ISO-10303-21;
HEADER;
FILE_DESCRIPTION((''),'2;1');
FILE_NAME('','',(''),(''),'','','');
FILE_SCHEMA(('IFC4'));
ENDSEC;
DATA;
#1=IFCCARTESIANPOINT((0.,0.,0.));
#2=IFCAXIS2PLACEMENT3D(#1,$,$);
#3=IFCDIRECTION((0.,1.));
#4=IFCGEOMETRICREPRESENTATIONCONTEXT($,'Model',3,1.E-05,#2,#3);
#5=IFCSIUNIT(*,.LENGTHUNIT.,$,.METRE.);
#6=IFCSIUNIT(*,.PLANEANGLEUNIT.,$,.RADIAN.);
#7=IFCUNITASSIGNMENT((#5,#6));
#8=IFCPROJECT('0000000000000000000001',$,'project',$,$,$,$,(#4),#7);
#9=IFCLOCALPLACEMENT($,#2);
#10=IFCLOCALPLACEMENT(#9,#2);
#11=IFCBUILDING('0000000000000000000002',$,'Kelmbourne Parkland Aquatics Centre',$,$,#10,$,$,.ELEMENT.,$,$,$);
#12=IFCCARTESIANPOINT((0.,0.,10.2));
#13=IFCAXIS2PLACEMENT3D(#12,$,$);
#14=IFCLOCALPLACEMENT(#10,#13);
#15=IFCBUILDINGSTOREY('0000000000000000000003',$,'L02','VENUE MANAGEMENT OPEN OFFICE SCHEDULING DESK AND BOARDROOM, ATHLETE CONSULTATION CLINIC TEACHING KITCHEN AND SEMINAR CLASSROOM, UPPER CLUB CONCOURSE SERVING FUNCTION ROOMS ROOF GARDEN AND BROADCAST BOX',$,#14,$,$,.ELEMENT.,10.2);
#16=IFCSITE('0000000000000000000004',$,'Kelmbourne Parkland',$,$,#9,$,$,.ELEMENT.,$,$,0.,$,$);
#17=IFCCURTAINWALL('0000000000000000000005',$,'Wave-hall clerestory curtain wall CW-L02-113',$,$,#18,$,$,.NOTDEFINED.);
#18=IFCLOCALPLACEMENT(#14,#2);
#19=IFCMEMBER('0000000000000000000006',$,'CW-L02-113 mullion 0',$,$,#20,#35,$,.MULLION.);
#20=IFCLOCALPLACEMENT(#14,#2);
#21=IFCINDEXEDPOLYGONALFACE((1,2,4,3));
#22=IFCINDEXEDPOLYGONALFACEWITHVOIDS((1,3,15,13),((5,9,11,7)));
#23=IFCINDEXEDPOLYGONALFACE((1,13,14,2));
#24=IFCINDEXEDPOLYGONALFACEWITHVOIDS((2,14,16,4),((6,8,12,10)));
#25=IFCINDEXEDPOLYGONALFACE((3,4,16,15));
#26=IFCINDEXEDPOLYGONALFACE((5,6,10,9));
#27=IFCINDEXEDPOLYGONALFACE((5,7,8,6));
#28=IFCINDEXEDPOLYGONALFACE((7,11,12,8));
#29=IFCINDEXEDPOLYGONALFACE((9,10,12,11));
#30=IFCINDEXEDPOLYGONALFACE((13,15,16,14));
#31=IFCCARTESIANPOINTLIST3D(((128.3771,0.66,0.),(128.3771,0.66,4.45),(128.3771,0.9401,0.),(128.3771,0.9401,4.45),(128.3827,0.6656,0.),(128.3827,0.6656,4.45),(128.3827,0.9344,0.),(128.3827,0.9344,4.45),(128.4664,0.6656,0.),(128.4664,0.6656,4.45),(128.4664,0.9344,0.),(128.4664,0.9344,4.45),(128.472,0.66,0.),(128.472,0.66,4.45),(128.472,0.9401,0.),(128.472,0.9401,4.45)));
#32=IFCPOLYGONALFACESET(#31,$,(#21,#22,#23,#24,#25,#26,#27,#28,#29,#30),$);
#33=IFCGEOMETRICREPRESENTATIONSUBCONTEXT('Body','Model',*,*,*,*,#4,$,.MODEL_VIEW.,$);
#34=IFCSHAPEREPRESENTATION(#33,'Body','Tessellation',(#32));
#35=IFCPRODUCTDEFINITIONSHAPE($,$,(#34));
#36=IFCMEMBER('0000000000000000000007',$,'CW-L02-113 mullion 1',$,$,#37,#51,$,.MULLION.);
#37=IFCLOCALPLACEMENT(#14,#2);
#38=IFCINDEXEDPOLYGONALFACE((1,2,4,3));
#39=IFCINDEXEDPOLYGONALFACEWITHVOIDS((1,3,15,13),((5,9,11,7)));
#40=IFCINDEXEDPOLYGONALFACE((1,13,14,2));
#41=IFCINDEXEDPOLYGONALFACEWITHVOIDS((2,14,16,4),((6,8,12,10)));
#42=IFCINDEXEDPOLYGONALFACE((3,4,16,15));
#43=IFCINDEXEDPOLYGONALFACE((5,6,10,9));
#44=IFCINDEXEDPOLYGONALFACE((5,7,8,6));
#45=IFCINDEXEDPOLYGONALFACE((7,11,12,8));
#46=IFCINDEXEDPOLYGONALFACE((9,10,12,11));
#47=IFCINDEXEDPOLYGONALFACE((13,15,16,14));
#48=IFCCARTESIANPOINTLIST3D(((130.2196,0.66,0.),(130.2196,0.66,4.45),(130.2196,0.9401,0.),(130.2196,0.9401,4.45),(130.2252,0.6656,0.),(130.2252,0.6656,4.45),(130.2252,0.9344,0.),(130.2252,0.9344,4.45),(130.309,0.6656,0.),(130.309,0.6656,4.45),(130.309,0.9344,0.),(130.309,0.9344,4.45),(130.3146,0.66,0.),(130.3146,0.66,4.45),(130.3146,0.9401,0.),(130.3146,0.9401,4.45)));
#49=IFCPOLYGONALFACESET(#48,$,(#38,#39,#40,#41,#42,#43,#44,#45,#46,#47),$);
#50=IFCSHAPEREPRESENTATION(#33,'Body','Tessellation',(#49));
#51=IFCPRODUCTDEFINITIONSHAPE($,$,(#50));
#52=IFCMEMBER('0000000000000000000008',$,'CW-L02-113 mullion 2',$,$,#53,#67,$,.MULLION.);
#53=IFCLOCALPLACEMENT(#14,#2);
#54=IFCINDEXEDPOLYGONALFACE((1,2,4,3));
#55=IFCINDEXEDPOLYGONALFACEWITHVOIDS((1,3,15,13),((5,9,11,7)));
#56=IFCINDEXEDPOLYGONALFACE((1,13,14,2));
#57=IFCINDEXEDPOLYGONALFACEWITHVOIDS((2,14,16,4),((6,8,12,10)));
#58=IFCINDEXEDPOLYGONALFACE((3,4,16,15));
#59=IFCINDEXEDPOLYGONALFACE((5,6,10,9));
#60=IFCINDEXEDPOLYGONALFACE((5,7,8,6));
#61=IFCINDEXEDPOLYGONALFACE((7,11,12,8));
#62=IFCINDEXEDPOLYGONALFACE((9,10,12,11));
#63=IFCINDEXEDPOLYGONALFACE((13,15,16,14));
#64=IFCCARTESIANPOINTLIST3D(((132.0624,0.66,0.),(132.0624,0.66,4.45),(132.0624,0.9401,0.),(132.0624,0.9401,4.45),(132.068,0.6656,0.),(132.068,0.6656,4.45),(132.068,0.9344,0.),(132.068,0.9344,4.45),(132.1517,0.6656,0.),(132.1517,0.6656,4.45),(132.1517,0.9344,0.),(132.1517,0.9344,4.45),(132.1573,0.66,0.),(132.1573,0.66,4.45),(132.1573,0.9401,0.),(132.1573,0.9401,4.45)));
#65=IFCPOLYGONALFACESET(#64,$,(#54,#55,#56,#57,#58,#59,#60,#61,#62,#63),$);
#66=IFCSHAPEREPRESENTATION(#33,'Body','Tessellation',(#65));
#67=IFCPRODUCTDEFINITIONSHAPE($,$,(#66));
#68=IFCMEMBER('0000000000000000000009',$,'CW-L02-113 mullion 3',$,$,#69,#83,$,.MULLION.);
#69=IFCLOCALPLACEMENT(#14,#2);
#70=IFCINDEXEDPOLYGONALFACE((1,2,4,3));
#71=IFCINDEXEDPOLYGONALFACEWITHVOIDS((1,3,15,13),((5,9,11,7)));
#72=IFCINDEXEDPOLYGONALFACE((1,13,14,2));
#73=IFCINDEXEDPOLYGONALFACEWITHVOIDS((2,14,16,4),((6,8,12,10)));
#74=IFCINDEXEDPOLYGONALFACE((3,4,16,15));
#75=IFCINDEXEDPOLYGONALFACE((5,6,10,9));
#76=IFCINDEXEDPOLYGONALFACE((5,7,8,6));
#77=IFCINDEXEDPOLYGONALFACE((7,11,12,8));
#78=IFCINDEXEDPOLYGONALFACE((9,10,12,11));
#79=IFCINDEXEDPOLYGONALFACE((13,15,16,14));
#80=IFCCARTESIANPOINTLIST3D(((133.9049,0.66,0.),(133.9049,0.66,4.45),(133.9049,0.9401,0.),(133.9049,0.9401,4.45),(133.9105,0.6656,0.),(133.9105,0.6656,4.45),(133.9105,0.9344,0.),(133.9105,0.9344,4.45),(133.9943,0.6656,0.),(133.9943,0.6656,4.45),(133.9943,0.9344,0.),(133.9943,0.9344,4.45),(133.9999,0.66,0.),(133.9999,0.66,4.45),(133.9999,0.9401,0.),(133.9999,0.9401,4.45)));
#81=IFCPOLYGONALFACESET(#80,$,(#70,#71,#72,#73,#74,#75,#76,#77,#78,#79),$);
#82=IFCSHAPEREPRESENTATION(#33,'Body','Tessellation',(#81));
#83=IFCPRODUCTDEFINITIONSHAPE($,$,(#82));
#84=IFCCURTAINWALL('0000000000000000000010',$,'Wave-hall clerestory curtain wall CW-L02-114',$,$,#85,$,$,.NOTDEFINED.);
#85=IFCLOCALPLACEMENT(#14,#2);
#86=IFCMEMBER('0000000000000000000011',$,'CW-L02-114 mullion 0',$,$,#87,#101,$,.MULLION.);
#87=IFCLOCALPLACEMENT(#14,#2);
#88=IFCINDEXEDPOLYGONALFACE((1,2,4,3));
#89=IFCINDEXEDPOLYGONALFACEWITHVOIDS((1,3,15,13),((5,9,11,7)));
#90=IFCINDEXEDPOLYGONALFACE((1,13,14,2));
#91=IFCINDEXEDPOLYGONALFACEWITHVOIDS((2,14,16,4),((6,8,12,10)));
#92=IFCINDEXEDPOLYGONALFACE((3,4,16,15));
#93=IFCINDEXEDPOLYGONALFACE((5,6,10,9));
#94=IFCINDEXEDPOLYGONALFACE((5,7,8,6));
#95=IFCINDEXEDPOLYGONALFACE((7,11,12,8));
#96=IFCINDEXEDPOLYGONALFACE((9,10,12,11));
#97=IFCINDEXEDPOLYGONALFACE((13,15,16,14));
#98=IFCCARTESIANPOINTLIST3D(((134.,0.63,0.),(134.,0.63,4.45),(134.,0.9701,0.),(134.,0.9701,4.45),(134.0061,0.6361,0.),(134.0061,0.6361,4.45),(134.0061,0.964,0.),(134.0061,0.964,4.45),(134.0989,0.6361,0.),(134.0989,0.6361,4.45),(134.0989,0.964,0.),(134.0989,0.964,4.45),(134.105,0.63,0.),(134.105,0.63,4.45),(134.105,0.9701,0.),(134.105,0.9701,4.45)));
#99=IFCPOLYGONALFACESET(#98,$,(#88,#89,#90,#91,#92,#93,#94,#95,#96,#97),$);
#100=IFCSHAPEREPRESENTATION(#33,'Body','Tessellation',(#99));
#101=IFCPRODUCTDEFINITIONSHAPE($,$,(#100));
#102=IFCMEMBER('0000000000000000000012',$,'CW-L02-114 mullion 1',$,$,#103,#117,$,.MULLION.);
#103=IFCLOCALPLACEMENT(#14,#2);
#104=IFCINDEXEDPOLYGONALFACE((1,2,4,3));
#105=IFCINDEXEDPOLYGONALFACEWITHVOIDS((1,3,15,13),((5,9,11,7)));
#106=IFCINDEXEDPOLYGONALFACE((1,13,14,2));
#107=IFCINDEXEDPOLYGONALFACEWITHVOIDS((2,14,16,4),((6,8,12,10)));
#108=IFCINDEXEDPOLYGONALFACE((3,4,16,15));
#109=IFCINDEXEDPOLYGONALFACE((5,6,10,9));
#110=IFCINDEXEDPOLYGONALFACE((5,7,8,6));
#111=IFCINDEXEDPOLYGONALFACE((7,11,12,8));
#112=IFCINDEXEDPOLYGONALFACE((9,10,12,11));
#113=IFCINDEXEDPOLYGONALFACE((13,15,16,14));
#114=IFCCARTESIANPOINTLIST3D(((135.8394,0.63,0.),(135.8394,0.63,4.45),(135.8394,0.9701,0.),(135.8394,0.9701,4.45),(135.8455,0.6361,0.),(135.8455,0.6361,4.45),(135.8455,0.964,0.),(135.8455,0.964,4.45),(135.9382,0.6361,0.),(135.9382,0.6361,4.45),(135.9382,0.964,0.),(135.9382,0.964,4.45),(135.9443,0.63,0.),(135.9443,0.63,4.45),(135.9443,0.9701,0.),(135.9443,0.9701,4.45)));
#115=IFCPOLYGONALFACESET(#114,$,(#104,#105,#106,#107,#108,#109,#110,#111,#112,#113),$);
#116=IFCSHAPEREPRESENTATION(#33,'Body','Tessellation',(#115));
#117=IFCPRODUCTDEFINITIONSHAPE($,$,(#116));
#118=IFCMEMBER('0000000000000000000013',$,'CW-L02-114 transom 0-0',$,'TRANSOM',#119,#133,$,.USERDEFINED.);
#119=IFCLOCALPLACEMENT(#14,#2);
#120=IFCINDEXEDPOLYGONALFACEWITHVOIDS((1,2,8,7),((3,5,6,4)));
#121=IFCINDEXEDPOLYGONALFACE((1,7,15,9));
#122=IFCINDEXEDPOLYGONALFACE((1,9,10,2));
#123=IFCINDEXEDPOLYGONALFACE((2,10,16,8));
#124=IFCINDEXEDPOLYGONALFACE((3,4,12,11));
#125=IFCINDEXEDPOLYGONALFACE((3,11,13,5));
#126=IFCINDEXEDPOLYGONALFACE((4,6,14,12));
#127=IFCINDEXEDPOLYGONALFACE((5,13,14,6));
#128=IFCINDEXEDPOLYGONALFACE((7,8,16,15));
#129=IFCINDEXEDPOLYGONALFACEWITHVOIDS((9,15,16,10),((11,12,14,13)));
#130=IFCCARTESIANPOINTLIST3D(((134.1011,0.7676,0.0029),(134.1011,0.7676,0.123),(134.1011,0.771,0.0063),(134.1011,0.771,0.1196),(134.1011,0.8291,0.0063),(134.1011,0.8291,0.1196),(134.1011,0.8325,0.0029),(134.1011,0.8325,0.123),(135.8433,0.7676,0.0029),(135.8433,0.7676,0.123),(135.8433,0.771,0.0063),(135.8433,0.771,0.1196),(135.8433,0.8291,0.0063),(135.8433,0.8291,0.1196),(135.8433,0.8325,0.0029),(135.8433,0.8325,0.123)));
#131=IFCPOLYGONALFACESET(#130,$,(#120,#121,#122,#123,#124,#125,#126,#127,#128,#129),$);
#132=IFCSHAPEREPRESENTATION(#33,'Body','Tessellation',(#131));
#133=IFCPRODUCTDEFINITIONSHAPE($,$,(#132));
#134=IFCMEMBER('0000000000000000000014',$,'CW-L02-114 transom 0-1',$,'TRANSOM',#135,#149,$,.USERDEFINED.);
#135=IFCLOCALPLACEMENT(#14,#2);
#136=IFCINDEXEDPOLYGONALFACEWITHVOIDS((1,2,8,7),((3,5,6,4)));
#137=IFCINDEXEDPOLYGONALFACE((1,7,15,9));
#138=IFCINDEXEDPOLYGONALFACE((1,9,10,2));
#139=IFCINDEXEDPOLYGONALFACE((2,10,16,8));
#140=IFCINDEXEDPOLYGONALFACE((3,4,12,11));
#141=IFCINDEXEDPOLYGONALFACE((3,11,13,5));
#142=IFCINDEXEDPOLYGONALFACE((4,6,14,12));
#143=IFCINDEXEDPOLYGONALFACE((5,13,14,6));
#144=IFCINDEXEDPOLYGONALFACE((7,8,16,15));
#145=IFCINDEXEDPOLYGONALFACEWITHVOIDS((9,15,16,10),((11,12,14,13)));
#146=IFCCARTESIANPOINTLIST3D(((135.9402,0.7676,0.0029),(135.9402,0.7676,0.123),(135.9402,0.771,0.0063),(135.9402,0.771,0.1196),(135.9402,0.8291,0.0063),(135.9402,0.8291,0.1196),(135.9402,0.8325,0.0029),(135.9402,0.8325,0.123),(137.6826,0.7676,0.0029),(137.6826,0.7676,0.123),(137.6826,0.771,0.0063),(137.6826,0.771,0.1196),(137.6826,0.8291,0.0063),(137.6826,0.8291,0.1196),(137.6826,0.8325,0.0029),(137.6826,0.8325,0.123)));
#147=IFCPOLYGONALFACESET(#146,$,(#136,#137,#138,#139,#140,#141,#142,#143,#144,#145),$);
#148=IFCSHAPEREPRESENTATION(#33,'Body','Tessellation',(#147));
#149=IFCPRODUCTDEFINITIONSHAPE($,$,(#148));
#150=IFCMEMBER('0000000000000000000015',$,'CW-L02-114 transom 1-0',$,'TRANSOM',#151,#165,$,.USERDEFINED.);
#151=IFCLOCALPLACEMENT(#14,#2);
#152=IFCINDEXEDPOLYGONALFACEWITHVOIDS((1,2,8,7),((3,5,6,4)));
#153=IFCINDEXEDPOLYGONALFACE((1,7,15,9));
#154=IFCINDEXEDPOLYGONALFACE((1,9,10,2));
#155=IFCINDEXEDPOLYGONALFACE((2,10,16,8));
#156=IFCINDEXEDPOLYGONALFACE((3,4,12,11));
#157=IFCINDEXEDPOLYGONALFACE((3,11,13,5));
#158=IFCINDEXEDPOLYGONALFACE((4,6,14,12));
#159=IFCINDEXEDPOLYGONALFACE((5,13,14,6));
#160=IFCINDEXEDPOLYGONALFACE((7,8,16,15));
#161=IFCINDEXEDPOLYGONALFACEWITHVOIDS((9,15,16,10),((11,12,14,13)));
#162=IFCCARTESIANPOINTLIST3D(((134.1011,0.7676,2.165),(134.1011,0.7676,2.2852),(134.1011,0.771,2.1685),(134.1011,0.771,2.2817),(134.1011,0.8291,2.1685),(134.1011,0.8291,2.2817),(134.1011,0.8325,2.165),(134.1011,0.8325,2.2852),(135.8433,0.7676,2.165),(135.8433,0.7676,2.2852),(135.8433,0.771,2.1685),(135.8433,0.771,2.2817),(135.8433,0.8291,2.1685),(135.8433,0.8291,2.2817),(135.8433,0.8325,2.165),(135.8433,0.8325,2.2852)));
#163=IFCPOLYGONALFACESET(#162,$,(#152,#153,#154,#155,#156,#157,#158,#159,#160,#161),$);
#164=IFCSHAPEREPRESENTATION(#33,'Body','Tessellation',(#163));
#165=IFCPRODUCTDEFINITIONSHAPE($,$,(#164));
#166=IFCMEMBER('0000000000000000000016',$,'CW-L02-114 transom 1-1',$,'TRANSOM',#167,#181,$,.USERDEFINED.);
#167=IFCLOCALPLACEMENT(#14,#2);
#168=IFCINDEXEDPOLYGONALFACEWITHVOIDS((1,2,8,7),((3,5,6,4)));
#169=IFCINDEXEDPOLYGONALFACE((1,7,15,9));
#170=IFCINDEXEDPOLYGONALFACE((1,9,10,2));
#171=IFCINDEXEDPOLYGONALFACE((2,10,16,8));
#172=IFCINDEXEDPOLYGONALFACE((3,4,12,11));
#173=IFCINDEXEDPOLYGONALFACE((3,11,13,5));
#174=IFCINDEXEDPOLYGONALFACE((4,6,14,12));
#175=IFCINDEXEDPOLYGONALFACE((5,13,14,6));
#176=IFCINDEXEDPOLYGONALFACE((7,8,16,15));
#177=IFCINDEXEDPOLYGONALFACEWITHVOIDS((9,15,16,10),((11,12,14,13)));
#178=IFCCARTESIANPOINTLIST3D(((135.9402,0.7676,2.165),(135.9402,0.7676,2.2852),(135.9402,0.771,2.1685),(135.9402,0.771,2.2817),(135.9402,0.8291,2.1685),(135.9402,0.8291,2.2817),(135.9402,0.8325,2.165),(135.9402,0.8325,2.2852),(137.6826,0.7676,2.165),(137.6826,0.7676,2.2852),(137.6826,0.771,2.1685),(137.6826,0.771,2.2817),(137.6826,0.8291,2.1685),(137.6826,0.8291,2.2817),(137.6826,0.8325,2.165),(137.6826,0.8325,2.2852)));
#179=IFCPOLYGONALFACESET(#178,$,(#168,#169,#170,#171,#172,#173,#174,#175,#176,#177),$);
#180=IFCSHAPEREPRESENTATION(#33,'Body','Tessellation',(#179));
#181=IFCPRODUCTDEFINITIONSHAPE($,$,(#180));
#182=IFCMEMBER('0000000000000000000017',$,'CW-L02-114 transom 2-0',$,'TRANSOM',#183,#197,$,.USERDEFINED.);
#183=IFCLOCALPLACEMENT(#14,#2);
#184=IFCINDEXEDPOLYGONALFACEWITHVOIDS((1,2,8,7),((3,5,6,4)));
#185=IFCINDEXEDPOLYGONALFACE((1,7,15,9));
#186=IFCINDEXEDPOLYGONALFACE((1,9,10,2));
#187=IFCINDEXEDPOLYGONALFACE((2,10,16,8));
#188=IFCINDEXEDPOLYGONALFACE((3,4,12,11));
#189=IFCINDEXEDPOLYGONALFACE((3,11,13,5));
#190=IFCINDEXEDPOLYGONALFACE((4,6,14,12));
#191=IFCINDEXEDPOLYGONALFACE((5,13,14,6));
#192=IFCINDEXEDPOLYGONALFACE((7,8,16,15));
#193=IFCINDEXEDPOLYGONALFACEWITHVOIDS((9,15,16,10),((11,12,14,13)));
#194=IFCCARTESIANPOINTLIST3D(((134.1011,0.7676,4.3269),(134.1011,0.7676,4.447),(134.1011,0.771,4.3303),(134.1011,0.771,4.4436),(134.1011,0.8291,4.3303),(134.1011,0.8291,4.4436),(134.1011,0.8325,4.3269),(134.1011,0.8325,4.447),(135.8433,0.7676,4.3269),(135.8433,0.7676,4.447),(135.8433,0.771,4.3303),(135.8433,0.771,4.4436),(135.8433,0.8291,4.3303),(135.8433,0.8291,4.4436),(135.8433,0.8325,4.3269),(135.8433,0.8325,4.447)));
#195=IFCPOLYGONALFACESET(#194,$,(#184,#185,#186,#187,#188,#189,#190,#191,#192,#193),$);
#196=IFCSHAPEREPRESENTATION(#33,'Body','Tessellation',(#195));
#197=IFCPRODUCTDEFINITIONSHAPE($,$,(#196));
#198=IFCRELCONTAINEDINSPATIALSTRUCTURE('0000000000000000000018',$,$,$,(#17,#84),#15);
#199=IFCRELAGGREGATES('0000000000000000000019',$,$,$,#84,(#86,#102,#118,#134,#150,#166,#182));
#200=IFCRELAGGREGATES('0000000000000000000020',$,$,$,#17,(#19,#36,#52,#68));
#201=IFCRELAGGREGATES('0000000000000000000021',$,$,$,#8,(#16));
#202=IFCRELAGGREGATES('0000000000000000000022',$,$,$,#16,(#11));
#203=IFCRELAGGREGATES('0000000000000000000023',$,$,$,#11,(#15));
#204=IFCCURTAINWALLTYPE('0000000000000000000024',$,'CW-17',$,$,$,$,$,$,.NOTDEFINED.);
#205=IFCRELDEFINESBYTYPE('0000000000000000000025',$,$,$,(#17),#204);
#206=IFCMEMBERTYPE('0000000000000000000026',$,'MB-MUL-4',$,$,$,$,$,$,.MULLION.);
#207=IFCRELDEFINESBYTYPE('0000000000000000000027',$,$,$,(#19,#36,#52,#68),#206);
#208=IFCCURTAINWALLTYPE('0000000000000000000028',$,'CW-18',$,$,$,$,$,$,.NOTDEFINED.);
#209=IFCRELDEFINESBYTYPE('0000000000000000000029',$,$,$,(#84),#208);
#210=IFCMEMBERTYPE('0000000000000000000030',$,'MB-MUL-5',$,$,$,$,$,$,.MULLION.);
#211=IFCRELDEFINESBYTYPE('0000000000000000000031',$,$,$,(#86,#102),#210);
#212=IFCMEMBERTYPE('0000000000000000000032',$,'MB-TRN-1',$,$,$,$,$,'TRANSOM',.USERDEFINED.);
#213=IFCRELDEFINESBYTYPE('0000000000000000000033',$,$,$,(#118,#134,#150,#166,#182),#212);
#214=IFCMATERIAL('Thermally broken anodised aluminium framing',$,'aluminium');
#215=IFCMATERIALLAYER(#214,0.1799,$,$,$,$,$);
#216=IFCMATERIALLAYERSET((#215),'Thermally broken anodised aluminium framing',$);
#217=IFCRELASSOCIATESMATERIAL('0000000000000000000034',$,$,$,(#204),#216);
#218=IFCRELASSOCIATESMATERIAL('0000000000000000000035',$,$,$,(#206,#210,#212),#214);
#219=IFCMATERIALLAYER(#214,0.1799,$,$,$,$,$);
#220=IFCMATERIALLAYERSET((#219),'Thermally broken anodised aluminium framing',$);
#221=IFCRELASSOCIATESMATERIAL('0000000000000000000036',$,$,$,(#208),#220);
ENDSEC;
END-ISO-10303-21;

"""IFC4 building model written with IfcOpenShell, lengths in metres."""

from ifc_helpers import new_model, si_unit, direction, frame, origin, origin_2d, place, context, subcontext, project, spatial, hollow_rectangle, extrude, material, layer, layer_set, material_profile, profile_set, type_object, element, aggregate, save


model = new_model("IFC4")

# Units and contexts
model_context = context("Model", 3, precision=1e-05, world=origin(), true_north=direction((0.0, 1.0)))
body_context = subcontext(model_context, "Body", "Model", "MODEL_VIEW")
ifc_project = project(units=[si_unit("LENGTHUNIT", "METRE"), si_unit("PLANEANGLEUNIT", "RADIAN")], contexts=[model_context])

# Site, building, storey
site_placement = place(None, origin())
site = spatial("IfcSite", under=ifc_project, at=site_placement, Name="Kelmbourne Parkland", CompositionType="ELEMENT", RefElevation=0.0)
building_placement = place(site_placement, origin())
building = spatial("IfcBuilding", under=site, at=building_placement, Name="Kelmbourne Parkland Aquatics Centre", CompositionType="ELEMENT")
storey_placement = place(building_placement, frame((0.0, 0.0, 10.2)))
storey = spatial("IfcBuildingStorey", under=building, at=storey_placement, Name="L02", Description="VENUE MANAGEMENT OPEN OFFICE SCHEDULING DESK AND BOARDROOM, ATHLETE CONSULTATION CLINIC TEACHING KITCHEN AND SEMINAR CLASSROOM, UPPER CLUB CONCOURSE SERVING FUNCTION ROOMS ROOF GARDEN AND BROADCAST BOX", CompositionType="ELEMENT", Elevation=10.2)

# Curtain walls, members
ifc_material_1 = material(Name="Thermally broken anodised aluminium framing", Category="aluminium")
ifc_layer_1 = layer(ifc_material_1, 0.1799)
ifc_layer_set_1 = layer_set([ifc_layer_1], Name="Thermally broken anodised aluminium framing")
curtain_wall_type_1 = type_object("IfcCurtainWallType", Name="CW-17", PredefinedType="NOTDEFINED", material=ifc_layer_set_1)
curtain_wall_1_placement = place(storey_placement, origin())
curtain_wall_1 = element("IfcCurtainWall", 1, at=curtain_wall_1_placement, inside=storey, type_object=curtain_wall_type_1, Name="Wave-hall clerestory curtain wall CW-L02-113", PredefinedType="NOTDEFINED")
ifc_material_profile_1 = material_profile(ifc_material_1, hollow_rectangle(XDim=0.095, YDim=0.28, WallThickness=0.0056, at=origin_2d()), Name="CW-M 95x280")
ifc_profile_set_1 = profile_set([ifc_material_profile_1], Name="Thermally broken anodised aluminium framing")
member_type_1 = type_object("IfcMemberType", Name="MB-MUL-4", PredefinedType="MULLION", material=ifc_profile_set_1)
member_1_placement = place(storey_placement, frame((128.4246, 0.8, 0.0), z_axis=(0.0, 0.0, 1.0), x_axis=(1.0, 0.0, 0.0)))
member_1 = element("IfcMember", 2, at=member_1_placement, type_object=member_type_1, Name="CW-L02-113 mullion 0", PredefinedType="MULLION", context=body_context, shape_type="SweptSolid", body=[
    extrude(hollow_rectangle(XDim=0.095, YDim=0.28, WallThickness=0.0056, at=origin_2d()), origin(), (0.0, 0.0, 1.0), 4.45),
])
member_2_placement = place(storey_placement, frame((130.2671, 0.8, 0.0), z_axis=(0.0, 0.0, 1.0), x_axis=(1.0, 0.0, 0.0)))
member_2 = element("IfcMember", 3, at=member_2_placement, type_object=member_type_1, Name="CW-L02-113 mullion 1", PredefinedType="MULLION", context=body_context, shape_type="SweptSolid", body=[
    extrude(hollow_rectangle(XDim=0.095, YDim=0.28, WallThickness=0.0056, at=origin_2d()), origin(), (0.0, 0.0, 1.0), 4.45),
])
member_3_placement = place(storey_placement, frame((132.1099, 0.8, 0.0), z_axis=(0.0, 0.0, 1.0), x_axis=(1.0, 0.0, 0.0)))
member_3 = element("IfcMember", 4, at=member_3_placement, type_object=member_type_1, Name="CW-L02-113 mullion 2", PredefinedType="MULLION", context=body_context, shape_type="SweptSolid", body=[
    extrude(hollow_rectangle(XDim=0.095, YDim=0.28, WallThickness=0.0056, at=origin_2d()), origin(), (0.0, 0.0, 1.0), 4.45),
])
member_4_placement = place(storey_placement, frame((133.9524, 0.8, 0.0), z_axis=(0.0, 0.0, 1.0), x_axis=(1.0, 0.0, 0.0)))
member_4 = element("IfcMember", 5, at=member_4_placement, type_object=member_type_1, Name="CW-L02-113 mullion 3", PredefinedType="MULLION", context=body_context, shape_type="SweptSolid", body=[
    extrude(hollow_rectangle(XDim=0.095, YDim=0.28, WallThickness=0.0056, at=origin_2d()), origin(), (0.0, 0.0, 1.0), 4.45),
])
ifc_layer_2 = layer(ifc_material_1, 0.1799)
ifc_layer_set_2 = layer_set([ifc_layer_2], Name="Thermally broken anodised aluminium framing")
curtain_wall_type_2 = type_object("IfcCurtainWallType", Name="CW-18", PredefinedType="NOTDEFINED", material=ifc_layer_set_2)
curtain_wall_2_placement = place(storey_placement, origin())
curtain_wall_2 = element("IfcCurtainWall", 6, at=curtain_wall_2_placement, inside=storey, type_object=curtain_wall_type_2, Name="Wave-hall clerestory curtain wall CW-L02-114", PredefinedType="NOTDEFINED")
ifc_material_profile_2 = material_profile(ifc_material_1, hollow_rectangle(XDim=0.105, YDim=0.3401, WallThickness=0.0061, at=origin_2d()), Name="CW-M 105x340")
ifc_profile_set_2 = profile_set([ifc_material_profile_2], Name="Thermally broken anodised aluminium framing")
member_type_2 = type_object("IfcMemberType", Name="MB-MUL-5", PredefinedType="MULLION", material=ifc_profile_set_2)
member_5_placement = place(storey_placement, frame((134.0525, 0.8, 0.0), z_axis=(0.0, 0.0, 1.0), x_axis=(1.0, 0.0, 0.0)))
member_5 = element("IfcMember", 7, at=member_5_placement, type_object=member_type_2, Name="CW-L02-114 mullion 0", PredefinedType="MULLION", context=body_context, shape_type="SweptSolid", body=[
    extrude(hollow_rectangle(XDim=0.105, YDim=0.3401, WallThickness=0.0061, at=origin_2d()), origin(), (0.0, 0.0, 1.0), 4.45),
])
member_6_placement = place(storey_placement, frame((135.8918, 0.8, 0.0), z_axis=(0.0, 0.0, 1.0), x_axis=(1.0, 0.0, 0.0)))
member_6 = element("IfcMember", 8, at=member_6_placement, type_object=member_type_2, Name="CW-L02-114 mullion 1", PredefinedType="MULLION", context=body_context, shape_type="SweptSolid", body=[
    extrude(hollow_rectangle(XDim=0.105, YDim=0.3401, WallThickness=0.0061, at=origin_2d()), origin(), (0.0, 0.0, 1.0), 4.45),
])
ifc_material_profile_3 = material_profile(ifc_material_1, hollow_rectangle(XDim=0.0649, YDim=0.1201, WallThickness=0.0034, at=origin_2d()), Name="CW-T 65x120")
ifc_profile_set_3 = profile_set([ifc_material_profile_3], Name="Thermally broken anodised aluminium framing")
member_type_3 = type_object("IfcMemberType", Name="MB-TRN-1", ElementType="TRANSOM", PredefinedType="USERDEFINED", material=ifc_profile_set_3)
member_7_placement = place(storey_placement, frame((134.1011, 0.8, 0.063), z_axis=(1.0, 0.0, 0.0), x_axis=(0.0, 1.0, 0.0)))
member_7 = element("IfcMember", 9, at=member_7_placement, type_object=member_type_3, Name="CW-L02-114 transom 0-0", ObjectType="TRANSOM", PredefinedType="USERDEFINED", context=body_context, shape_type="SweptSolid", body=[
    extrude(hollow_rectangle(XDim=0.0649, YDim=0.1201, WallThickness=0.0034, at=origin_2d()), origin(), (0.0, 0.0, 1.0), 1.7422),
])
member_8_placement = place(storey_placement, frame((135.9402, 0.8, 0.063), z_axis=(1.0, 0.0, 0.0), x_axis=(0.0, 1.0, 0.0)))
member_8 = element("IfcMember", 10, at=member_8_placement, type_object=member_type_3, Name="CW-L02-114 transom 0-1", ObjectType="TRANSOM", PredefinedType="USERDEFINED", context=body_context, shape_type="SweptSolid", body=[
    extrude(hollow_rectangle(XDim=0.0649, YDim=0.1201, WallThickness=0.0034, at=origin_2d()), origin(), (0.0, 0.0, 1.0), 1.7424),
])
member_9_placement = place(storey_placement, frame((134.1011, 0.8, 2.2251), z_axis=(1.0, 0.0, 0.0), x_axis=(0.0, 1.0, 0.0)))
member_9 = element("IfcMember", 11, at=member_9_placement, type_object=member_type_3, Name="CW-L02-114 transom 1-0", ObjectType="TRANSOM", PredefinedType="USERDEFINED", context=body_context, shape_type="SweptSolid", body=[
    extrude(hollow_rectangle(XDim=0.0649, YDim=0.1201, WallThickness=0.0034, at=origin_2d()), origin(), (0.0, 0.0, 1.0), 1.7422),
])
member_10_placement = place(storey_placement, frame((135.9402, 0.8, 2.2251), z_axis=(1.0, 0.0, 0.0), x_axis=(0.0, 1.0, 0.0)))
member_10 = element("IfcMember", 12, at=member_10_placement, type_object=member_type_3, Name="CW-L02-114 transom 1-1", ObjectType="TRANSOM", PredefinedType="USERDEFINED", context=body_context, shape_type="SweptSolid", body=[
    extrude(hollow_rectangle(XDim=0.0649, YDim=0.1201, WallThickness=0.0034, at=origin_2d()), origin(), (0.0, 0.0, 1.0), 1.7424),
])
member_11_placement = place(storey_placement, frame((134.1011, 0.8, 4.387), z_axis=(1.0, 0.0, 0.0), x_axis=(0.0, 1.0, 0.0)))
member_11 = element("IfcMember", 13, at=member_11_placement, type_object=member_type_3, Name="CW-L02-114 transom 2-0", ObjectType="TRANSOM", PredefinedType="USERDEFINED", context=body_context, shape_type="SweptSolid", body=[
    extrude(hollow_rectangle(XDim=0.0649, YDim=0.1201, WallThickness=0.0034, at=origin_2d()), origin(), (0.0, 0.0, 1.0), 1.7422),
])

aggregate(curtain_wall_2, [member_5, member_6, member_7, member_8, member_9, member_10, member_11])
aggregate(curtain_wall_1, [member_1, member_2, member_3, member_4])

save(model, "model.ifc")
